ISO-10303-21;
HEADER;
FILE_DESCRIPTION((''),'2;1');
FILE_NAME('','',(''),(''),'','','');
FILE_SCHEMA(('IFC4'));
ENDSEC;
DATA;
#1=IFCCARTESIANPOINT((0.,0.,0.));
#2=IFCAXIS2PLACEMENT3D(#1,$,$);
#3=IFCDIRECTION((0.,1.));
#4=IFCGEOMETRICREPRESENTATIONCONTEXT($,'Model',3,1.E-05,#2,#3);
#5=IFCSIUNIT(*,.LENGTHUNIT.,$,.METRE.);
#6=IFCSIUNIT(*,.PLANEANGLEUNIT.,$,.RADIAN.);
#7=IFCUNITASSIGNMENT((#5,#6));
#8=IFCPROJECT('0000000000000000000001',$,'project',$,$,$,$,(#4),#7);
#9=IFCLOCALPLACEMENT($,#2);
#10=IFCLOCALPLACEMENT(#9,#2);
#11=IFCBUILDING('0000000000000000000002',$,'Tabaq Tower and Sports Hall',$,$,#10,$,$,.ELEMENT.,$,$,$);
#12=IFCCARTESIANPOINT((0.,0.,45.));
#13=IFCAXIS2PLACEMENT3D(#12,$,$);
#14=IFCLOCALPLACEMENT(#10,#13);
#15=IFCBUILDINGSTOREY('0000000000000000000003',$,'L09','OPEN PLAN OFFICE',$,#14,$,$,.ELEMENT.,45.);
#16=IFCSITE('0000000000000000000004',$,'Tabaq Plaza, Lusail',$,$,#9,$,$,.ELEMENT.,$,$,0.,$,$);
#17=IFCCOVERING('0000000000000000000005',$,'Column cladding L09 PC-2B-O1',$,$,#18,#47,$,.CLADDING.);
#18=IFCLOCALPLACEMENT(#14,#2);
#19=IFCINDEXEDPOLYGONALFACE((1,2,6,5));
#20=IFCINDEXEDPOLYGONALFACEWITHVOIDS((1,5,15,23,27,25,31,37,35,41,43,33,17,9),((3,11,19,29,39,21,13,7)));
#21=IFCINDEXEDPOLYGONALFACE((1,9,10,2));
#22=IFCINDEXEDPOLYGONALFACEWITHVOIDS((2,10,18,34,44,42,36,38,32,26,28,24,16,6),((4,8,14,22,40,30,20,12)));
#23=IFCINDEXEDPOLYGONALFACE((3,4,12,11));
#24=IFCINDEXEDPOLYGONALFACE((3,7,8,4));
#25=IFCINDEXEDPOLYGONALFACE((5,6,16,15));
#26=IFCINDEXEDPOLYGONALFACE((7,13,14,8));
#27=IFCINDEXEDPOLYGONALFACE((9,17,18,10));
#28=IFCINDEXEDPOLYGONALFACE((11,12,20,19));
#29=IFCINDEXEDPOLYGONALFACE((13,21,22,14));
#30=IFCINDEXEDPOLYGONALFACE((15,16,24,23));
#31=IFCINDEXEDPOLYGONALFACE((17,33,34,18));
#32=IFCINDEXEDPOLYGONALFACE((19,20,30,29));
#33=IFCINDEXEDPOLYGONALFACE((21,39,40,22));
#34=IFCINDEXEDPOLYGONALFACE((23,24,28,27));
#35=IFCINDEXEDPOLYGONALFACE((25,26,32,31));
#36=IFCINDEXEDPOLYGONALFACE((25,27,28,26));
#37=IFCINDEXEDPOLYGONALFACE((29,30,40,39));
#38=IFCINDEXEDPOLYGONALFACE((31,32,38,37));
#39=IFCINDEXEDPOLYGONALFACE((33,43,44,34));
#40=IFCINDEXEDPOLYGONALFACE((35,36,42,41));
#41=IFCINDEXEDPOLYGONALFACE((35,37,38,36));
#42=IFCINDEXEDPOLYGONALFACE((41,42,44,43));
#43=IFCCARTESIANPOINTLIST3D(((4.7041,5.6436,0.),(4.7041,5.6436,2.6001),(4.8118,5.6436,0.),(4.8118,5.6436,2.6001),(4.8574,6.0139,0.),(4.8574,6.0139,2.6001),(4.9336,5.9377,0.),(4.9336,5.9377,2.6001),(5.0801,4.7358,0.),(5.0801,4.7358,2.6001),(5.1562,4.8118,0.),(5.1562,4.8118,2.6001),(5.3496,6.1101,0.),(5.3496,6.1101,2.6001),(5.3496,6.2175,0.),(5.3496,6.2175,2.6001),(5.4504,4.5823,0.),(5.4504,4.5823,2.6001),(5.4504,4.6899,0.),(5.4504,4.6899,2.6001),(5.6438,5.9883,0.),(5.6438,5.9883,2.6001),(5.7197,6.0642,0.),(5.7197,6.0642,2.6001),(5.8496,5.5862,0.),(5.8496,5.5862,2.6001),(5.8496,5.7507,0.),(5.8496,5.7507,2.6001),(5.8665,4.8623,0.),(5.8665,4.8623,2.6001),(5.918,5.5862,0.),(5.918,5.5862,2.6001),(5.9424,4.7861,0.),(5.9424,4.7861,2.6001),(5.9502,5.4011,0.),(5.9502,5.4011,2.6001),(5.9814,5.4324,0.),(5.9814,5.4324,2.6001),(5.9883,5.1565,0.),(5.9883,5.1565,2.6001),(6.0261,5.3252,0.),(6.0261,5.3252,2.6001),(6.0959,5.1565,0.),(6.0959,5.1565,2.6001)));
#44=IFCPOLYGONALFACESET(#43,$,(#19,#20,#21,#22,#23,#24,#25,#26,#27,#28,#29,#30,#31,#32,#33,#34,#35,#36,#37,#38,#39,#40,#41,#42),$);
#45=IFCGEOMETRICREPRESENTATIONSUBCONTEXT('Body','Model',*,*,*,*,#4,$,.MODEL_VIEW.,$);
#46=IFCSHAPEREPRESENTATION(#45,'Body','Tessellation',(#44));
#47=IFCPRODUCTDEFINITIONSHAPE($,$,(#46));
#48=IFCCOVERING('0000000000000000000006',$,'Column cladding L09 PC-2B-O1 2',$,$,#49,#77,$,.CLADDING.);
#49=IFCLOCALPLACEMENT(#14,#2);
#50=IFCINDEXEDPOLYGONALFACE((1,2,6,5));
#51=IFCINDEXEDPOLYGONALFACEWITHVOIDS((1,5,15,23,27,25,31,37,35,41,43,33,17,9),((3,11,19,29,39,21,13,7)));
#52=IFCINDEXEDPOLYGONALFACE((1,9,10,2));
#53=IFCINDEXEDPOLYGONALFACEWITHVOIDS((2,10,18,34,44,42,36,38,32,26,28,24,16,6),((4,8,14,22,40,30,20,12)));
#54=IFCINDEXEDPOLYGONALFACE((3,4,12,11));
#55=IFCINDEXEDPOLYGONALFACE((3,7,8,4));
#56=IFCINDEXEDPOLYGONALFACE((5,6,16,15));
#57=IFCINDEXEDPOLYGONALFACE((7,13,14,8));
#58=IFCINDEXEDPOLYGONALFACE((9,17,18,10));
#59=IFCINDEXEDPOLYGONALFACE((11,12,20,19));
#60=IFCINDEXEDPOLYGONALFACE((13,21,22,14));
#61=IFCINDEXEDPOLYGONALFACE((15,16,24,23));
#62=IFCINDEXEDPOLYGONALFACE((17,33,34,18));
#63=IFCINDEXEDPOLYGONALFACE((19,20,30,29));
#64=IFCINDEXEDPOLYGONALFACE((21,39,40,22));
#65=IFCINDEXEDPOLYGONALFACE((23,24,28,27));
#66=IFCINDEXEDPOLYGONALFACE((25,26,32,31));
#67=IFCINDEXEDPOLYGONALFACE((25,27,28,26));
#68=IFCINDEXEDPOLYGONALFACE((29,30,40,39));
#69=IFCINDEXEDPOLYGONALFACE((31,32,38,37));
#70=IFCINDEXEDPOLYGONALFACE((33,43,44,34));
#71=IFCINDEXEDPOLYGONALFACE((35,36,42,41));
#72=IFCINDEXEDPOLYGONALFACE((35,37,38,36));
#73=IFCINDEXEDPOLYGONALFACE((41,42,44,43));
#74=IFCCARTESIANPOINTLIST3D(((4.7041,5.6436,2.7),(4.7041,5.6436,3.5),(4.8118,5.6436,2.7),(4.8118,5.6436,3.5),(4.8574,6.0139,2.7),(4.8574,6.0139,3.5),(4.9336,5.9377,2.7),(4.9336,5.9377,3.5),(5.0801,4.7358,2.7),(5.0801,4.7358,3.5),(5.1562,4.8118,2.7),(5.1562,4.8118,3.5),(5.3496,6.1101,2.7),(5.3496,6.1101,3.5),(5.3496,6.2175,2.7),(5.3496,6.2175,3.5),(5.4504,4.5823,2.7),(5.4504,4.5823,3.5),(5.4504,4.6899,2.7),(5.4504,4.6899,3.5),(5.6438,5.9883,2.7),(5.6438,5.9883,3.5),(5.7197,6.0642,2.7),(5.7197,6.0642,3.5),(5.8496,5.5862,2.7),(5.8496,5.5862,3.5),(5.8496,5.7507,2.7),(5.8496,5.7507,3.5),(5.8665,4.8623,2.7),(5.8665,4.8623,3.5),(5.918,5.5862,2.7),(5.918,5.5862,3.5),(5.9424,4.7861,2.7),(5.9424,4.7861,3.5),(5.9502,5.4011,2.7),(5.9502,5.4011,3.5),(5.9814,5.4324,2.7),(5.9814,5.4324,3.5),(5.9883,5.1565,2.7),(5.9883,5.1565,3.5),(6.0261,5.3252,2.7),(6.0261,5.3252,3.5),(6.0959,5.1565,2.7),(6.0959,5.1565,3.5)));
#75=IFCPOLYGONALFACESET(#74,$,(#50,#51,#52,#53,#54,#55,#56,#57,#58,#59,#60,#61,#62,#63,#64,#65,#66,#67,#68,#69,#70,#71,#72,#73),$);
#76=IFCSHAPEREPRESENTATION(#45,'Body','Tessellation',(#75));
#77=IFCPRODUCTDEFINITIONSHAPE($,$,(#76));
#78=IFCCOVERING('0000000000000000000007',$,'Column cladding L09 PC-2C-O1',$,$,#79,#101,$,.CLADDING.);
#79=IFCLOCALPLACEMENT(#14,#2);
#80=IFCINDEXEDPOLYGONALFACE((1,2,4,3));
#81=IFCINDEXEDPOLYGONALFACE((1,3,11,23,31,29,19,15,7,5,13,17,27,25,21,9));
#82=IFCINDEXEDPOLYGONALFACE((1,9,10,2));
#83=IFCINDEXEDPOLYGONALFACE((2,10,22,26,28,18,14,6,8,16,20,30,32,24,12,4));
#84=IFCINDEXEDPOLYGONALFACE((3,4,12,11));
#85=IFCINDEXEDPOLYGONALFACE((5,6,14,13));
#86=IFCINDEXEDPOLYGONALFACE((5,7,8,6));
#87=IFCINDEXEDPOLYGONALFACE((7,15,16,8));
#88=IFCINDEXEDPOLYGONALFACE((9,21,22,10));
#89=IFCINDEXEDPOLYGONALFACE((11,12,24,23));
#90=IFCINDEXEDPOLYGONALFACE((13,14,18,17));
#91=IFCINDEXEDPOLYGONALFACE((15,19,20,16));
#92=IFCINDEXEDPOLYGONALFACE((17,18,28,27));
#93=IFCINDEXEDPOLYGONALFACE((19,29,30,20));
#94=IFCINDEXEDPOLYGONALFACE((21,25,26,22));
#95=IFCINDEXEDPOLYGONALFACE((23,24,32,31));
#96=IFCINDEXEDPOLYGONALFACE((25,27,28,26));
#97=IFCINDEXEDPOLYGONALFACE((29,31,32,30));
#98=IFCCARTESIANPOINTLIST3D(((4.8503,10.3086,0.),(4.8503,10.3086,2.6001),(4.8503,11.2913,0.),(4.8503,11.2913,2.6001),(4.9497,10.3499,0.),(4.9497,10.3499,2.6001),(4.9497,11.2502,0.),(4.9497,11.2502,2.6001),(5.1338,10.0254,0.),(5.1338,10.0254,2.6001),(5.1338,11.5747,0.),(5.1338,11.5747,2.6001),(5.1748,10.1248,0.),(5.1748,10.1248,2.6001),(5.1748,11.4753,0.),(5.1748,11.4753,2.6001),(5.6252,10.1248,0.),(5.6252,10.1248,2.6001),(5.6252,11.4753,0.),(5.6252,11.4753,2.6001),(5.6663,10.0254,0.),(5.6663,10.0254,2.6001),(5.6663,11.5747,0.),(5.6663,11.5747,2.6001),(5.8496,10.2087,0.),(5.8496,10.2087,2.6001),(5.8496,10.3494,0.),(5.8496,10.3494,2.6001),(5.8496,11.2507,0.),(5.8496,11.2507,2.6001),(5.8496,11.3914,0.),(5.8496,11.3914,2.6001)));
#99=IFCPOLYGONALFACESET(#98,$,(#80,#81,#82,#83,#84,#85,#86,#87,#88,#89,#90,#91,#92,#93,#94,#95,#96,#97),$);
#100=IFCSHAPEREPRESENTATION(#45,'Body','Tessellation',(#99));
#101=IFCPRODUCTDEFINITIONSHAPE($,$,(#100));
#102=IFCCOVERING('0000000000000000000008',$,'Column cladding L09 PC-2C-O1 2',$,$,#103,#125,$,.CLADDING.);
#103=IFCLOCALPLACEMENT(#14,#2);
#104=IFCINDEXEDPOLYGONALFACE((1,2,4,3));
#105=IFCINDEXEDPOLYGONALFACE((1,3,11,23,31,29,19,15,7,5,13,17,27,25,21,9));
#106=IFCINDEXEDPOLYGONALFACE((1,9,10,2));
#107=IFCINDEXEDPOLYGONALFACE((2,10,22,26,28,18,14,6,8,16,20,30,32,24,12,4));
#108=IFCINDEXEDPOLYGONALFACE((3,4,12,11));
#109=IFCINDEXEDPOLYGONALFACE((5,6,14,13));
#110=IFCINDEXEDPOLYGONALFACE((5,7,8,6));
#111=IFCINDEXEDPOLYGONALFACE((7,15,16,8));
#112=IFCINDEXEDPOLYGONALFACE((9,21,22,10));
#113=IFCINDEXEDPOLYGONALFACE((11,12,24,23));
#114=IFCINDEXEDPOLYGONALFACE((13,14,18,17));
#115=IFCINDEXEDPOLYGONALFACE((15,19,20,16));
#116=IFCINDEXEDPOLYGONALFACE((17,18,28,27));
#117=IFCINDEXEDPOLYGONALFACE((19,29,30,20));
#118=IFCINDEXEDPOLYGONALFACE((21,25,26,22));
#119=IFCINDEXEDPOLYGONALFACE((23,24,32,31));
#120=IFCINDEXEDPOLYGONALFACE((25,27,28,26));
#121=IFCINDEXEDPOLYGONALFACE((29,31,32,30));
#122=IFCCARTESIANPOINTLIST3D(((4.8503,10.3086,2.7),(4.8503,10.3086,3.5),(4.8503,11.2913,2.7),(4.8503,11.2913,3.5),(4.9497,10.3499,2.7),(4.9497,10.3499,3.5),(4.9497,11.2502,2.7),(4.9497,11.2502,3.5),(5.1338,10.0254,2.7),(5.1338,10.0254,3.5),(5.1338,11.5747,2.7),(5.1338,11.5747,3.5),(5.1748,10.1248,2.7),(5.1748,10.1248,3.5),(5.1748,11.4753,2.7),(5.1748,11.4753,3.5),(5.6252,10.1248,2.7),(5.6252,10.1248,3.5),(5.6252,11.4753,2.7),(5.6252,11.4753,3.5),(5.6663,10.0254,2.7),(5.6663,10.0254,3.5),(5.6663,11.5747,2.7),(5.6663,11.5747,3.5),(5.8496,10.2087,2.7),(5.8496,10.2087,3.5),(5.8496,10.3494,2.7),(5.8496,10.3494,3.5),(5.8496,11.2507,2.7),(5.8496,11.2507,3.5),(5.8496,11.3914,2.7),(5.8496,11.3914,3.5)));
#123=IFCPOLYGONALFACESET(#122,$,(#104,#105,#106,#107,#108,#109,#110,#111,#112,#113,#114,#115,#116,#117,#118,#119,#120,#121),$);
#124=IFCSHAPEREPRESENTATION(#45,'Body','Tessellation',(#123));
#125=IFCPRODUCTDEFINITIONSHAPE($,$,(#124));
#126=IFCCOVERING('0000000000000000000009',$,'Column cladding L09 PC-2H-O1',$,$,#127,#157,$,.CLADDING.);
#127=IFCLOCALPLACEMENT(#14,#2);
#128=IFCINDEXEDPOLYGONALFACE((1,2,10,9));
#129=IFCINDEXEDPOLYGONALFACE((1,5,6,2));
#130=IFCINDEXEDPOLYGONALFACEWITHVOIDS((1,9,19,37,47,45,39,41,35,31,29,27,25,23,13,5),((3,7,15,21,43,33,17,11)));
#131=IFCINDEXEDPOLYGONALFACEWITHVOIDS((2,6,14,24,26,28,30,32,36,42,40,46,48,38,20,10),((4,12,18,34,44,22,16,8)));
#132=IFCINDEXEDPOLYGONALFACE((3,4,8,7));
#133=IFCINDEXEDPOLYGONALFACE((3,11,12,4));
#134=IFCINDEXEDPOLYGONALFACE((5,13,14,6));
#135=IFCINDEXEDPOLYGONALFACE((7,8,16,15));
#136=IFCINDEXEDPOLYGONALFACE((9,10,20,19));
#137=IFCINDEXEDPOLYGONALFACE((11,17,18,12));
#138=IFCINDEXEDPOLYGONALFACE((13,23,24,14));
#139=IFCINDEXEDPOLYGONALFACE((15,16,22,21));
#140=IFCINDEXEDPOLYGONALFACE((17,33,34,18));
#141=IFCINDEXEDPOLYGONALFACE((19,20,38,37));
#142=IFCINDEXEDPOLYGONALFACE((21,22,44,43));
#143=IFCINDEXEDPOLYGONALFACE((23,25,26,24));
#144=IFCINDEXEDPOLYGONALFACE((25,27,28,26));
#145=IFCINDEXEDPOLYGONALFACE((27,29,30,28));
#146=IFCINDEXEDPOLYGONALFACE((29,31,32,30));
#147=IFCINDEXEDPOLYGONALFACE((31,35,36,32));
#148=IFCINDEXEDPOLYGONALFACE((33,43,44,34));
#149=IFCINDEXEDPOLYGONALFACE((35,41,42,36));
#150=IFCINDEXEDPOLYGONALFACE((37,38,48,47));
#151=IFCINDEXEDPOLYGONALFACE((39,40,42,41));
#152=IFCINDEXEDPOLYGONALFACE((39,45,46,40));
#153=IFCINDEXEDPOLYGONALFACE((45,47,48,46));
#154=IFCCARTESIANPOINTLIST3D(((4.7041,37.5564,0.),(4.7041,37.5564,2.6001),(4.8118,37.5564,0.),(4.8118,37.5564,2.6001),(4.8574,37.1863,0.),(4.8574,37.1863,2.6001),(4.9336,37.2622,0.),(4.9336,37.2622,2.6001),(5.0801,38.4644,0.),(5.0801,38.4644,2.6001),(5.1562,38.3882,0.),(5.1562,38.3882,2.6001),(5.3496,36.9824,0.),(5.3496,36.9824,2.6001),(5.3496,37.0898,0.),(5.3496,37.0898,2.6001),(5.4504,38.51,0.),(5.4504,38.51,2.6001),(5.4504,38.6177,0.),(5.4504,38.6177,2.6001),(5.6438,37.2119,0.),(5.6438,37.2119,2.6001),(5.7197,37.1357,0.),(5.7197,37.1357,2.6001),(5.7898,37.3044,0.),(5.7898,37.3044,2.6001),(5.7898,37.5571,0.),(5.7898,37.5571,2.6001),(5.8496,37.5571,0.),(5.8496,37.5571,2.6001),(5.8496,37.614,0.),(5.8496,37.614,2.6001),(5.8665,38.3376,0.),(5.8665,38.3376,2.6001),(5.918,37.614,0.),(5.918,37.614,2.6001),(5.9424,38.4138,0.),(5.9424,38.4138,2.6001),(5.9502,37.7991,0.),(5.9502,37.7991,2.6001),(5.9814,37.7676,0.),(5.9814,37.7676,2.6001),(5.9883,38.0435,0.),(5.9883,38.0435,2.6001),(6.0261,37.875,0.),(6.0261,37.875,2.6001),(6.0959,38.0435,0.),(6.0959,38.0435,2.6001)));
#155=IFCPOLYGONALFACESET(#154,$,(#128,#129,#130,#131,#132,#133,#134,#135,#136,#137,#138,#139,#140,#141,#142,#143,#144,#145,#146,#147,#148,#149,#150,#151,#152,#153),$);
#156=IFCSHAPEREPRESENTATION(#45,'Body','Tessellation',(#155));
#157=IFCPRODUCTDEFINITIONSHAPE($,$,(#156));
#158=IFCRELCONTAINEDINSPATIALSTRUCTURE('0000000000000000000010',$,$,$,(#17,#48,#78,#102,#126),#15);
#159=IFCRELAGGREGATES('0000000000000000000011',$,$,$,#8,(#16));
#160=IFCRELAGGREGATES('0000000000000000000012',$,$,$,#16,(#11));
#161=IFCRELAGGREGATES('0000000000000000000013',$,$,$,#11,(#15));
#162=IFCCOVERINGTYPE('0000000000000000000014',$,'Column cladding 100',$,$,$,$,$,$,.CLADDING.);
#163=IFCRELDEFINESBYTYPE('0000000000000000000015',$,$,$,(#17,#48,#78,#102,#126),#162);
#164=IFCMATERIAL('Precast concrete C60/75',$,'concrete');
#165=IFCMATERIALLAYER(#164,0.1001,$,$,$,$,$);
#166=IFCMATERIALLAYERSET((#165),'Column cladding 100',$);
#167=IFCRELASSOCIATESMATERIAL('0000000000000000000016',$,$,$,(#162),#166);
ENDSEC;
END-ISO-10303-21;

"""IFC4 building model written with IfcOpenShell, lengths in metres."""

from ifc_helpers import new_model, si_unit, direction, frame, origin, place, context, subcontext, project, spatial, polyline, outline, extrude, material, layer, layer_set, type_object, element, save


model = new_model("IFC4")

# Units and contexts
model_context = context("Model", 3, precision=1e-05, world=origin(), true_north=direction((0.0, 1.0)))
body_context = subcontext(model_context, "Body", "Model", "MODEL_VIEW")
ifc_project = project(units=[si_unit("LENGTHUNIT", "METRE"), si_unit("PLANEANGLEUNIT", "RADIAN")], contexts=[model_context])

# Site, building, storey
site_placement = place(None, origin())
site = spatial("IfcSite", under=ifc_project, at=site_placement, Name="Tabaq Plaza, Lusail", CompositionType="ELEMENT", RefElevation=0.0)
building_placement = place(site_placement, origin())
building = spatial("IfcBuilding", under=site, at=building_placement, Name="Tabaq Tower and Sports Hall", CompositionType="ELEMENT")
storey_placement = place(building_placement, frame((0.0, 0.0, 45.0)))
storey = spatial("IfcBuildingStorey", under=building, at=storey_placement, Name="L09", Description="OPEN PLAN OFFICE", CompositionType="ELEMENT", Elevation=45.0)

# Coverings
ifc_material_1 = material(Name="Precast concrete C60/75", Category="concrete")
ifc_layer_1 = layer(ifc_material_1, 0.1001)
ifc_layer_set_1 = layer_set([ifc_layer_1], Name="Column cladding 100")
covering_type = type_object("IfcCoveringType", Name="Column cladding 100", PredefinedType="CLADDING", material=ifc_layer_set_1)
covering_1_placement = place(storey_placement, origin())
element("IfcCovering", 1, at=covering_1_placement, inside=storey, type_object=covering_type, Name="Column cladding L09 PC-2B-O1", PredefinedType="CLADDING", context=body_context, shape_type="SweptSolid", body=[
    extrude(outline(polyline([(5.4504, 4.5823), (5.0801, 4.7358), (4.7041, 5.6436), (4.8574, 6.0139), (5.3496, 6.2175), (5.7197, 6.0642), (5.8496, 5.7507), (5.8496, 5.5862), (5.918, 5.5862), (5.9814, 5.4324), (5.9502, 5.4011), (6.0261, 5.3252), (6.0959, 5.1565), (5.9424, 4.7861), (5.4504, 4.5823)]), holes=[polyline([(5.3496, 6.1101), (4.9336, 5.9377), (4.8118, 5.6436), (5.1562, 4.8118), (5.4504, 4.6899), (5.8665, 4.8623), (5.9883, 5.1565), (5.6438, 5.9883), (5.3496, 6.1101)])]), origin(), (0.0, 0.0, 1.0), 2.6001),
])
covering_2_placement = place(storey_placement, frame((0.0, 0.0, 2.7)))
element("IfcCovering", 2, at=covering_2_placement, inside=storey, type_object=covering_type, Name="Column cladding L09 PC-2B-O1 2", PredefinedType="CLADDING", context=body_context, shape_type="SweptSolid", body=[
    extrude(outline(polyline([(5.4504, 4.5823), (5.0801, 4.7358), (4.7041, 5.6436), (4.8574, 6.0139), (5.3496, 6.2175), (5.7197, 6.0642), (5.8496, 5.7507), (5.8496, 5.5862), (5.918, 5.5862), (5.9814, 5.4324), (5.9502, 5.4011), (6.0261, 5.3252), (6.0959, 5.1565), (5.9424, 4.7861), (5.4504, 4.5823)]), holes=[polyline([(5.3496, 6.1101), (4.9336, 5.9377), (4.8118, 5.6436), (5.1562, 4.8118), (5.4504, 4.6899), (5.8665, 4.8623), (5.9883, 5.1565), (5.6438, 5.9883), (5.3496, 6.1101)])]), origin(), (0.0, 0.0, 1.0), 0.8),
])
covering_3_placement = place(storey_placement, origin())
element("IfcCovering", 3, at=covering_3_placement, inside=storey, type_object=covering_type, Name="Column cladding L09 PC-2C-O1", PredefinedType="CLADDING", context=body_context, shape_type="SweptSolid", body=[
    extrude(outline(polyline([(5.1338, 10.0254), (4.8503, 10.3086), (4.8503, 11.2913), (5.1338, 11.5747), (5.6663, 11.5747), (5.8496, 11.3914), (5.8496, 11.2507), (5.6252, 11.4753), (5.1748, 11.4753), (4.9497, 11.2502), (4.9497, 10.3499), (5.1748, 10.1248), (5.6252, 10.1248), (5.8496, 10.3494), (5.8496, 10.2087), (5.6663, 10.0254), (5.1338, 10.0254)])), origin(), (0.0, 0.0, 1.0), 2.6001),
])
covering_4_placement = place(storey_placement, frame((0.0, 0.0, 2.7)))
element("IfcCovering", 4, at=covering_4_placement, inside=storey, type_object=covering_type, Name="Column cladding L09 PC-2C-O1 2", PredefinedType="CLADDING", context=body_context, shape_type="SweptSolid", body=[
    extrude(outline(polyline([(5.1338, 10.0254), (4.8503, 10.3086), (4.8503, 11.2913), (5.1338, 11.5747), (5.6663, 11.5747), (5.8496, 11.3914), (5.8496, 11.2507), (5.6252, 11.4753), (5.1748, 11.4753), (4.9497, 11.2502), (4.9497, 10.3499), (5.1748, 10.1248), (5.6252, 10.1248), (5.8496, 10.3494), (5.8496, 10.2087), (5.6663, 10.0254), (5.1338, 10.0254)])), origin(), (0.0, 0.0, 1.0), 0.8),
])
covering_5_placement = place(storey_placement, origin())
element("IfcCovering", 5, at=covering_5_placement, inside=storey, type_object=covering_type, Name="Column cladding L09 PC-2H-O1", PredefinedType="CLADDING", context=body_context, shape_type="SweptSolid", body=[
    extrude(outline(polyline([(4.8574, 37.1863), (4.7041, 37.5564), (5.0801, 38.4644), (5.4504, 38.6177), (5.9424, 38.4138), (6.0959, 38.0435), (6.0261, 37.875), (5.9502, 37.7991), (5.9814, 37.7676), (5.918, 37.614), (5.8496, 37.614), (5.8496, 37.5571), (5.7898, 37.5571), (5.7898, 37.3044), (5.7197, 37.1357), (5.3496, 36.9824), (4.8574, 37.1863)]), holes=[polyline([(5.8665, 38.3376), (5.4504, 38.51), (5.1562, 38.3882), (4.8118, 37.5564), (4.9336, 37.2622), (5.3496, 37.0898), (5.6438, 37.2119), (5.9883, 38.0435), (5.8665, 38.3376)])]), origin(), (0.0, 0.0, 1.0), 2.6001),
])

save(model, "model.ifc")
